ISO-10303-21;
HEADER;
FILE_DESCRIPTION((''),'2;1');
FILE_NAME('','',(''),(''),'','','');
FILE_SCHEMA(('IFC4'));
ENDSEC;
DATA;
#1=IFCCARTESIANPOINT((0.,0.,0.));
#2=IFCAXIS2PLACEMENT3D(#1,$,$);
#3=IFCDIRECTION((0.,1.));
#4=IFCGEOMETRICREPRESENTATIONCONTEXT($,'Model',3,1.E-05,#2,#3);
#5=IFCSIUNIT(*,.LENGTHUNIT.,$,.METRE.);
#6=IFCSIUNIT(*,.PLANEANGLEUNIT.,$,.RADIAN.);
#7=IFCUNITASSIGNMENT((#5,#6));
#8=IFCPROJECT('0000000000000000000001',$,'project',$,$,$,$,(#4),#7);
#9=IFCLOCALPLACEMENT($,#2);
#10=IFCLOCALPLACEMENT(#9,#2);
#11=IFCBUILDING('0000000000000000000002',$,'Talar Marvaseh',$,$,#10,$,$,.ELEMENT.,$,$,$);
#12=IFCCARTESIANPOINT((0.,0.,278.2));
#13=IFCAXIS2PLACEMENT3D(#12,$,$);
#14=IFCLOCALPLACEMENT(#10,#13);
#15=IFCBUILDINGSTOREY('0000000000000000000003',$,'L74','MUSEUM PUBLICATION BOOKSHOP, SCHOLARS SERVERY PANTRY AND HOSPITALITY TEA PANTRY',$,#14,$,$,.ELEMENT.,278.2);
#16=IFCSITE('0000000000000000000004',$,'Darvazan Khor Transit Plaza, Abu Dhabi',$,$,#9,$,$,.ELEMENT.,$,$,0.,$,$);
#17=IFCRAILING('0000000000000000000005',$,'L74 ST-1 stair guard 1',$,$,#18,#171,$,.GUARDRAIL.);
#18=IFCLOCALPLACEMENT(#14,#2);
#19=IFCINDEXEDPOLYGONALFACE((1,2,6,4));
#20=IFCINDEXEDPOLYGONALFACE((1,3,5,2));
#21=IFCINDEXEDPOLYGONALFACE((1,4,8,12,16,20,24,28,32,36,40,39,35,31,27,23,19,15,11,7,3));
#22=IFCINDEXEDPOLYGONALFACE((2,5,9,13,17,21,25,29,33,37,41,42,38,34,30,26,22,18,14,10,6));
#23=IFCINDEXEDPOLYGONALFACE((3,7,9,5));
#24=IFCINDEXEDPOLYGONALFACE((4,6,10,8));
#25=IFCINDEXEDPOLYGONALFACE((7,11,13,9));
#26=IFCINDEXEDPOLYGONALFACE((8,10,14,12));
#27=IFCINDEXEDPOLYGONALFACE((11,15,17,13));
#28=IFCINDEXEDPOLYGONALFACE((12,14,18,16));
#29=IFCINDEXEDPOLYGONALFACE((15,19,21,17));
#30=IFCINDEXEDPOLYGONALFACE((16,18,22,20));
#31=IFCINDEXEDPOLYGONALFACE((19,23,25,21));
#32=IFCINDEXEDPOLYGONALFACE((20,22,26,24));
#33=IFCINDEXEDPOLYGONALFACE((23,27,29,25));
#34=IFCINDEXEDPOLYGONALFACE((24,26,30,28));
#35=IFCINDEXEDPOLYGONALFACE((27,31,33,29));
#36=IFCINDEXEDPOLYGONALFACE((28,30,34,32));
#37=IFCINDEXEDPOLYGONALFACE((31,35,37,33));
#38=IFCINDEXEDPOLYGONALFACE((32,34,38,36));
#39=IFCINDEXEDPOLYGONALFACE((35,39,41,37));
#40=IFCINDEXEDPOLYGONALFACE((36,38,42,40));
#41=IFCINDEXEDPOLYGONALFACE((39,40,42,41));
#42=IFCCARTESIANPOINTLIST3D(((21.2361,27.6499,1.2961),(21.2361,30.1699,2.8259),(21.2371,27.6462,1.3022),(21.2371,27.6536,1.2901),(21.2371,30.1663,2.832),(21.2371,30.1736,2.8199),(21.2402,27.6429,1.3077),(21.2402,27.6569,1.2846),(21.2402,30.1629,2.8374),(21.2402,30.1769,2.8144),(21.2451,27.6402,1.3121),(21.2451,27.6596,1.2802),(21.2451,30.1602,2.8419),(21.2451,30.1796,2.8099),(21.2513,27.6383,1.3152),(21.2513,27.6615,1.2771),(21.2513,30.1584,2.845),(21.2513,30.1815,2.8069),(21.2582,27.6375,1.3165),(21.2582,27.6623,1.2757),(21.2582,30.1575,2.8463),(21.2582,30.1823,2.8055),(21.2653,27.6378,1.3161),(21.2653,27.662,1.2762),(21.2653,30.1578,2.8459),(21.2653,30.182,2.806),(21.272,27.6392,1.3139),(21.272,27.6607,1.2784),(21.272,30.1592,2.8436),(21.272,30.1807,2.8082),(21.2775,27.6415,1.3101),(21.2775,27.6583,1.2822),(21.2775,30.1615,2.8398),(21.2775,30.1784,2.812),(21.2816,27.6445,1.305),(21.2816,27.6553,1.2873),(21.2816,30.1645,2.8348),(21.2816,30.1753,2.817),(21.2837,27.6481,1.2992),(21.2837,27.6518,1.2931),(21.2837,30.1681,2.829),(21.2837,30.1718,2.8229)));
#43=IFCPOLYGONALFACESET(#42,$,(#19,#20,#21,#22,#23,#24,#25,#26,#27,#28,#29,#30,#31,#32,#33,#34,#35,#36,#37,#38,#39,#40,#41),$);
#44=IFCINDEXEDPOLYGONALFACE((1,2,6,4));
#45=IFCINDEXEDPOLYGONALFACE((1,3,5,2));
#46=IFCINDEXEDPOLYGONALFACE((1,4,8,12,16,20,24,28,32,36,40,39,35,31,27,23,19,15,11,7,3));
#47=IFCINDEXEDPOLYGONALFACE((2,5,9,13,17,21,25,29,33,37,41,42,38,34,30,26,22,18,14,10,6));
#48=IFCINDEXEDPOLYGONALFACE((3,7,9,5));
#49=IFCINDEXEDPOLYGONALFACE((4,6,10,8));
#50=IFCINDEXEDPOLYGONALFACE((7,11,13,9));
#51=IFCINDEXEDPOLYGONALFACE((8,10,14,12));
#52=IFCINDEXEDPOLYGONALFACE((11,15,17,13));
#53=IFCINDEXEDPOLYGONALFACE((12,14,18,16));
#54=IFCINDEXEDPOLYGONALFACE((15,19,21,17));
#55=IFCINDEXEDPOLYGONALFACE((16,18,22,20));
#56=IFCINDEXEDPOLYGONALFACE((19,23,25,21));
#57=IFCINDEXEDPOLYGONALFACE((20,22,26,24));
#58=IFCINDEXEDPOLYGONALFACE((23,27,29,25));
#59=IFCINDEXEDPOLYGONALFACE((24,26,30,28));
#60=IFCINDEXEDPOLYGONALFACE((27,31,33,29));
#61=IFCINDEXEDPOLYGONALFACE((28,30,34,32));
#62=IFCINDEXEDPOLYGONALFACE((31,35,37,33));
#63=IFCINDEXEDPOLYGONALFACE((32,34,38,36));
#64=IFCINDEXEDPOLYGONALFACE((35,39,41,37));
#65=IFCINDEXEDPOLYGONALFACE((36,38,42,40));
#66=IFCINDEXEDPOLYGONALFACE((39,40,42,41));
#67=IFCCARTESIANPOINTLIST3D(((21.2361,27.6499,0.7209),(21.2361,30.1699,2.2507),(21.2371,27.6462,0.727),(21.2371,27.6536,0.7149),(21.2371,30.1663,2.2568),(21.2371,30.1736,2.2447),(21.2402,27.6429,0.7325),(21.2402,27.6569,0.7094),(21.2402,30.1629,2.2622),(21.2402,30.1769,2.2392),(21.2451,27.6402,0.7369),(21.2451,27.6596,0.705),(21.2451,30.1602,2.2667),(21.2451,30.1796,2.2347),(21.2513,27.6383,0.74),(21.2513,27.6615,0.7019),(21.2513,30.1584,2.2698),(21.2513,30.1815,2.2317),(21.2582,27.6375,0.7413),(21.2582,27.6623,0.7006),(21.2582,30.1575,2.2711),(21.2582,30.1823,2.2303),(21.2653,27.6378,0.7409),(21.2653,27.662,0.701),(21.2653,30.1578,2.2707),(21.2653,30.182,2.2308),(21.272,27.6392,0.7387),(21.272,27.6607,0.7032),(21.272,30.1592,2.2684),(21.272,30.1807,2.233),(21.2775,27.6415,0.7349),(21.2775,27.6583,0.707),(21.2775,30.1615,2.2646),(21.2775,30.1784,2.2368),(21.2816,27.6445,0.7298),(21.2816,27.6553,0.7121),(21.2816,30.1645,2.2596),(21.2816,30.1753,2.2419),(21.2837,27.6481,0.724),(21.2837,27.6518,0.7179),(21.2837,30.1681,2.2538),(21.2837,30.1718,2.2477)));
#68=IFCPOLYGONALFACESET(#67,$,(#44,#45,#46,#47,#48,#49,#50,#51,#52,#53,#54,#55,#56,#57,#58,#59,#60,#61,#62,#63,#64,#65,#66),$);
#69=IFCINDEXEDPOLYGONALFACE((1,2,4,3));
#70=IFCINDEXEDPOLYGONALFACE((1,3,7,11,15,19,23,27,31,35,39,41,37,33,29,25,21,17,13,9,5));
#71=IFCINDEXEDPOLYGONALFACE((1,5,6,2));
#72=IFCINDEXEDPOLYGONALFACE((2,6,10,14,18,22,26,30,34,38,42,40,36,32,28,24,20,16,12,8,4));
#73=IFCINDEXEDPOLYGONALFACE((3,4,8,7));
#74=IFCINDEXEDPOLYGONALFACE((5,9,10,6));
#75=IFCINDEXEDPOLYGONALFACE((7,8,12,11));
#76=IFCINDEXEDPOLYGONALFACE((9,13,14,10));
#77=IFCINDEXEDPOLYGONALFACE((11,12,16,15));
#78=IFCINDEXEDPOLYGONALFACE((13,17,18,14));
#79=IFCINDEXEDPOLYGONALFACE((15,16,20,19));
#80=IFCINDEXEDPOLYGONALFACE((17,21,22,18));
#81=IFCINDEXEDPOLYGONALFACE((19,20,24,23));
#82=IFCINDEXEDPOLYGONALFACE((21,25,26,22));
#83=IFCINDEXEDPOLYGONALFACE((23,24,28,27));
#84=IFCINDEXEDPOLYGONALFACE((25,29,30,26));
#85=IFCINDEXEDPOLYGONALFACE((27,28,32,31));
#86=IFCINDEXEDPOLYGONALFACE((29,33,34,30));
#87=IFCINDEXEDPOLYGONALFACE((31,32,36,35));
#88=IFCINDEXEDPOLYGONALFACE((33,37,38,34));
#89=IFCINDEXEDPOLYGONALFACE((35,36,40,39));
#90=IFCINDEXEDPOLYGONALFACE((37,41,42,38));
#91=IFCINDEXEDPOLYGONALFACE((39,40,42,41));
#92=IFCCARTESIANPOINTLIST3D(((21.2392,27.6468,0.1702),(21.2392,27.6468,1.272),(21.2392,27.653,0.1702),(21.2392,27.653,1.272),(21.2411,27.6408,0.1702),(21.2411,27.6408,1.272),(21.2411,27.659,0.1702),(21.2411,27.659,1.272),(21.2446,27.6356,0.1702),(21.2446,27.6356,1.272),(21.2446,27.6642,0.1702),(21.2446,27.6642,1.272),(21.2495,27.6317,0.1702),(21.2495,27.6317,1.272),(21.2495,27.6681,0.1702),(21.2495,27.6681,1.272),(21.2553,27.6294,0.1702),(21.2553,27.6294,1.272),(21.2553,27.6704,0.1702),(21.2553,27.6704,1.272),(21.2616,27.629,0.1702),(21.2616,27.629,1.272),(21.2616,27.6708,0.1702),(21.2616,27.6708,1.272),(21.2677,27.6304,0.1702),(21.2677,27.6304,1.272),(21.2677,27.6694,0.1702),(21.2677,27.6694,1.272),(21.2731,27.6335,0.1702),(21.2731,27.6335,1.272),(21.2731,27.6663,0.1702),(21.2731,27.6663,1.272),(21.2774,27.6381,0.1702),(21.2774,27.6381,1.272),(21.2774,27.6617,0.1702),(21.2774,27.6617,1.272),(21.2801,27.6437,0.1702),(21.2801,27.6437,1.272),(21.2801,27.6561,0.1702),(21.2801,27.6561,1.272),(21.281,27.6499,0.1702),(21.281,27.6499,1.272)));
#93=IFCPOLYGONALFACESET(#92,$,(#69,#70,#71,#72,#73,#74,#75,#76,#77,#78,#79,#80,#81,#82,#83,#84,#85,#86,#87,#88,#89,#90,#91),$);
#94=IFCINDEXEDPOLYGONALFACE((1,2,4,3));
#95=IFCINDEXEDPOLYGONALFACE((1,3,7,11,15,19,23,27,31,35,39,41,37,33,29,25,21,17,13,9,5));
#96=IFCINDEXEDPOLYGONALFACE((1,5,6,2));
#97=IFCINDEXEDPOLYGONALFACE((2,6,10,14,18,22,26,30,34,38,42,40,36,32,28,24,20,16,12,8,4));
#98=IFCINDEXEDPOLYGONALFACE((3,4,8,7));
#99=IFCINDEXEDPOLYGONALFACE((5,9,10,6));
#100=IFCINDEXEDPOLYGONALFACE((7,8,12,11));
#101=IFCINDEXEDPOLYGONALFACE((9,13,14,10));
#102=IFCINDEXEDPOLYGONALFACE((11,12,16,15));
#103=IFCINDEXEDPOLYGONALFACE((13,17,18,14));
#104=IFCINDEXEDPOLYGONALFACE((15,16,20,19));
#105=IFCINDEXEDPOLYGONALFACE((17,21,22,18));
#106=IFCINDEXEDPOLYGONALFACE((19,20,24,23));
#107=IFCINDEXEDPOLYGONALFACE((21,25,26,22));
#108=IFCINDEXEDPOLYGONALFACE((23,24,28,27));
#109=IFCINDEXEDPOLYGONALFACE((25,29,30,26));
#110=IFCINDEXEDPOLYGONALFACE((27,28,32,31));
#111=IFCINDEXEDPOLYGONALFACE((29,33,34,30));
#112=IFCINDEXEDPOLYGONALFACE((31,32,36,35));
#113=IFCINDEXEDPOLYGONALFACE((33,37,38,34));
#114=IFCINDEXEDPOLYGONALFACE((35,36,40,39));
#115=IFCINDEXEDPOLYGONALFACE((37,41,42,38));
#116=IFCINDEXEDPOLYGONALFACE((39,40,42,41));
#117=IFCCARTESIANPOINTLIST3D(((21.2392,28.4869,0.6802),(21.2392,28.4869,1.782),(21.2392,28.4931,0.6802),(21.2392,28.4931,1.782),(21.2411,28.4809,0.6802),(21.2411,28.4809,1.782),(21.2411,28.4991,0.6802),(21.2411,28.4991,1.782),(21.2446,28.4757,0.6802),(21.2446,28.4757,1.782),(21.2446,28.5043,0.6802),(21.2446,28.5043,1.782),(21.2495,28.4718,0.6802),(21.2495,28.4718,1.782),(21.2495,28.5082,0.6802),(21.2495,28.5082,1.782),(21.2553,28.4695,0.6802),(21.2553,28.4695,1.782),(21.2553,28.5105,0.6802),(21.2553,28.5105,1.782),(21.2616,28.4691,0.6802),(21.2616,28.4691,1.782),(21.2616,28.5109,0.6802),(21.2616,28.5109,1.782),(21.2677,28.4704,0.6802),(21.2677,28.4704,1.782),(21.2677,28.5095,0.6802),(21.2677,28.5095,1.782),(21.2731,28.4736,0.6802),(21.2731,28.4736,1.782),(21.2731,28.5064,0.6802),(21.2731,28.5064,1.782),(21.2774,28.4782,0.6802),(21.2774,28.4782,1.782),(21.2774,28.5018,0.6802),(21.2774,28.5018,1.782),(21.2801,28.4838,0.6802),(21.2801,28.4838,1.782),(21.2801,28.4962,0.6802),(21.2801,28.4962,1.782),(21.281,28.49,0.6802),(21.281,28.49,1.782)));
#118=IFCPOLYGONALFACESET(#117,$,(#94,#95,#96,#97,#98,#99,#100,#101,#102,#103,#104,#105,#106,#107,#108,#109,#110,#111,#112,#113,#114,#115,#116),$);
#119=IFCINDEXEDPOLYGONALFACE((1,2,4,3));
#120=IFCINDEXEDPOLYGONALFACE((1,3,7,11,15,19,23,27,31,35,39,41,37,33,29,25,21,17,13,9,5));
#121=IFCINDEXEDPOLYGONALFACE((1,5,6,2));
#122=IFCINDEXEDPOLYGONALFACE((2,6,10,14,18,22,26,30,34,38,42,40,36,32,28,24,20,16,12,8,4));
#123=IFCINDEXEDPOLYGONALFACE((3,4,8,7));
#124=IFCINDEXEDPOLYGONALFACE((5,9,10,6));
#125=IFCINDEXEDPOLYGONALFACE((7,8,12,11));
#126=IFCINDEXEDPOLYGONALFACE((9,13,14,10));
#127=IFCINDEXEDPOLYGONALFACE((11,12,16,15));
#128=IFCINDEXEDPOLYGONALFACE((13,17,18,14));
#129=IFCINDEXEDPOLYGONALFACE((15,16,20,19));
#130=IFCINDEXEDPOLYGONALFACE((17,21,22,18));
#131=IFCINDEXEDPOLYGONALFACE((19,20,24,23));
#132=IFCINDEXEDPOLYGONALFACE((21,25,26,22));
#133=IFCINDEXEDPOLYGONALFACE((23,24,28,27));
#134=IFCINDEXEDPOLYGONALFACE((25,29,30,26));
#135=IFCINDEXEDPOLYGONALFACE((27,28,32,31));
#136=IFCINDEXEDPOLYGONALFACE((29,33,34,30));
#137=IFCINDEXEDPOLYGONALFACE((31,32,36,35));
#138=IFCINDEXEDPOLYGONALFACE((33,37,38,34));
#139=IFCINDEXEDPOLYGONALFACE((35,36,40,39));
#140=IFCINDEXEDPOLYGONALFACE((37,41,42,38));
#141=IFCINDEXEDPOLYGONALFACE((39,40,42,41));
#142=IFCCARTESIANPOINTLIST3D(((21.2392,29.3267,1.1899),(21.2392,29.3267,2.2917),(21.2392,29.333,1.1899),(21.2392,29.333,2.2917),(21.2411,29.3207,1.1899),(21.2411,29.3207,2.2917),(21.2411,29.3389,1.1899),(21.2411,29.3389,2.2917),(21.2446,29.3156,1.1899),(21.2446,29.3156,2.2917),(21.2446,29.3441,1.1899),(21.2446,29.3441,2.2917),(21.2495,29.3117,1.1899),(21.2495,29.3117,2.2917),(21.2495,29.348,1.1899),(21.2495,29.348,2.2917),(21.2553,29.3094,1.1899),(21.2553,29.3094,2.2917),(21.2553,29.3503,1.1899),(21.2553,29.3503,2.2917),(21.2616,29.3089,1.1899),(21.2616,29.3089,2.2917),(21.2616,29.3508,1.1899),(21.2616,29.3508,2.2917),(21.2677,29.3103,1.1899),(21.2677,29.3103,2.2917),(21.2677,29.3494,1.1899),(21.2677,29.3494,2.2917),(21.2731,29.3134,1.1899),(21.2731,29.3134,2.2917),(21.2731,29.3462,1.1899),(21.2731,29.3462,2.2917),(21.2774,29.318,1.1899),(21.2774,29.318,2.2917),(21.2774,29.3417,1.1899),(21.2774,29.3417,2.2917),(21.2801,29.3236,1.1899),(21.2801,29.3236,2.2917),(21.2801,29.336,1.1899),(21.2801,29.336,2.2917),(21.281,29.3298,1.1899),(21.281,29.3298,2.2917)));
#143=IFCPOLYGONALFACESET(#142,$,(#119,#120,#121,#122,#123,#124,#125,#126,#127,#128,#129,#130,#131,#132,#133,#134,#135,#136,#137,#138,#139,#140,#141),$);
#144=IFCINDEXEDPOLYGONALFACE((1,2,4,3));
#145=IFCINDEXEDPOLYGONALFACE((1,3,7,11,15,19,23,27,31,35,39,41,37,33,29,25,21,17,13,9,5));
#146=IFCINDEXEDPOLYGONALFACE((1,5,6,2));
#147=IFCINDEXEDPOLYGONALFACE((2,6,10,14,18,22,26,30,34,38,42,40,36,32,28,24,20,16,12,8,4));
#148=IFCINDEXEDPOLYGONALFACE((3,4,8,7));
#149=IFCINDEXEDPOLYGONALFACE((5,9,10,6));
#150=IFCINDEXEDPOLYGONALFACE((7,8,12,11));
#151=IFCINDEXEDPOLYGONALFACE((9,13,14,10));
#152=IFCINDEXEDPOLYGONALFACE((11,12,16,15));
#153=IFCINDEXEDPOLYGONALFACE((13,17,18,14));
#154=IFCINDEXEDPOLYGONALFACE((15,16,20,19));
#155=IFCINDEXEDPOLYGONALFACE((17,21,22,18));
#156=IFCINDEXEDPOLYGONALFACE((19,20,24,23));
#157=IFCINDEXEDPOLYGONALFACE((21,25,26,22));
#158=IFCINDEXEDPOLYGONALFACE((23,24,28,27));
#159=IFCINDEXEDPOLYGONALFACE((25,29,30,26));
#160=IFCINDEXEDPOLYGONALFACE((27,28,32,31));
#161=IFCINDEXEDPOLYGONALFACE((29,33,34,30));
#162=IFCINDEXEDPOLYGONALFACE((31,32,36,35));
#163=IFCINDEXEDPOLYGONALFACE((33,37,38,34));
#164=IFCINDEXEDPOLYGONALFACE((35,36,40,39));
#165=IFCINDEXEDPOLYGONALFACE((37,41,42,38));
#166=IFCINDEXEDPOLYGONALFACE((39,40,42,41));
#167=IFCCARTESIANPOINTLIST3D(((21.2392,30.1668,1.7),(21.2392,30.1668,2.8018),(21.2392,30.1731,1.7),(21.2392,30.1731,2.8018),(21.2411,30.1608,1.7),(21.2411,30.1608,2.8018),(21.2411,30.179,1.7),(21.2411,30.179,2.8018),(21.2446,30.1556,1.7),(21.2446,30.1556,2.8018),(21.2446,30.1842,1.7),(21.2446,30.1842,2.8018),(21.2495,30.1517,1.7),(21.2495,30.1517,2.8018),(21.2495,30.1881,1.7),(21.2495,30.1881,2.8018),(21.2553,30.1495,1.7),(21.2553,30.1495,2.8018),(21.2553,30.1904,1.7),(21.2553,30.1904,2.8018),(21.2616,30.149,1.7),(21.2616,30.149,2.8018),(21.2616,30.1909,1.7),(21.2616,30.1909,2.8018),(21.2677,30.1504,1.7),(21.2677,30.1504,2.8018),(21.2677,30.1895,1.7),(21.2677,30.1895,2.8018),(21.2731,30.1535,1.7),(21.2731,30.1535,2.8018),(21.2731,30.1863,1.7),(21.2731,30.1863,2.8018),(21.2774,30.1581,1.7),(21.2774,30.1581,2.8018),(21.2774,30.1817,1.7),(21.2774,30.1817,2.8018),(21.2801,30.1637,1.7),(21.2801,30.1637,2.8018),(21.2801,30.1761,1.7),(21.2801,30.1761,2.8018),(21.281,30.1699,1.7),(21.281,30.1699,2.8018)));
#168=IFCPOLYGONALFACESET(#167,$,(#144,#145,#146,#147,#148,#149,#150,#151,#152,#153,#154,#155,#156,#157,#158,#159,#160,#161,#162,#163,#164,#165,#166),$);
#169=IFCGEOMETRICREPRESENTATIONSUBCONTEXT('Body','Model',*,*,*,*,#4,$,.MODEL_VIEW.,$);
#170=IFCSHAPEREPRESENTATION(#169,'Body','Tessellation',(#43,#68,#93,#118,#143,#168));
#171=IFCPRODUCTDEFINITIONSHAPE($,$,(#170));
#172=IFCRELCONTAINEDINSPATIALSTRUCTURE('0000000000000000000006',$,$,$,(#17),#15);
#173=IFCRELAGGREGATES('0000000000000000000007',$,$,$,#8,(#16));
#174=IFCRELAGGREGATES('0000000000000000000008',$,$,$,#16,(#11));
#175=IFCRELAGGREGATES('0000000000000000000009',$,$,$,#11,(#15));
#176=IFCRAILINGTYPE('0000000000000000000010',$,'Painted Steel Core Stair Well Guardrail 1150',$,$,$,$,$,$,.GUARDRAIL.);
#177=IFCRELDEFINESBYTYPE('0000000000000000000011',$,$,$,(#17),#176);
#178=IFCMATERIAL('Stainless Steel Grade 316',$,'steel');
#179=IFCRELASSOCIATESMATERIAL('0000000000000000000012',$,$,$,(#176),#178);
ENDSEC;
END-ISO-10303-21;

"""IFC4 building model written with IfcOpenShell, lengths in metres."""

from ifc_helpers import new_model, si_unit, direction, frame, origin, origin_2d, place, context, subcontext, project, spatial, circle, extrude, material, type_object, element, save


model = new_model("IFC4")

# Units and contexts
model_context = context("Model", 3, precision=1e-05, world=origin(), true_north=direction((0.0, 1.0)))
body_context = subcontext(model_context, "Body", "Model", "MODEL_VIEW")
ifc_project = project(units=[si_unit("LENGTHUNIT", "METRE"), si_unit("PLANEANGLEUNIT", "RADIAN")], contexts=[model_context])

# Site, building, storey
site_placement = place(None, origin())
site = spatial("IfcSite", under=ifc_project, at=site_placement, Name="Darvazan Khor Transit Plaza, Abu Dhabi", CompositionType="ELEMENT", RefElevation=0.0)
building_placement = place(site_placement, origin())
building = spatial("IfcBuilding", under=site, at=building_placement, Name="Talar Marvaseh", CompositionType="ELEMENT")
storey_placement = place(building_placement, frame((0.0, 0.0, 278.2)))
storey = spatial("IfcBuildingStorey", under=building, at=storey_placement, Name="L74", Description="MUSEUM PUBLICATION BOOKSHOP, SCHOLARS SERVERY PANTRY AND HOSPITALITY TEA PANTRY", CompositionType="ELEMENT", Elevation=278.2)

# Railing
ifc_material_1 = material(Name="Stainless Steel Grade 316", Category="steel")
railing_type_1 = type_object("IfcRailingType", Name="Painted Steel Core Stair Well Guardrail 1150", PredefinedType="GUARDRAIL", material=ifc_material_1)
railing_1_placement = place(storey_placement, frame((21.26, 27.6499, 0.1702)))
element("IfcRailing", 1, at=railing_1_placement, inside=storey, type_object=railing_type_1, Name="L74 ST-1 stair guard 1", PredefinedType="GUARDRAIL", context=body_context, shape_type="SweptSolid", body=[
    extrude(circle(Radius=0.0239, at=origin_2d()), frame((0.0, 0.0, 1.126), z_axis=(0.0, 0.854822, 0.518922), x_axis=(-1.0, 0.0, 0.0)), (0.0, 0.0, 1.0), 2.948),
    extrude(circle(Radius=0.0239, at=origin_2d()), frame((0.0, 0.0, 0.5508), z_axis=(0.0, 0.854822, 0.518922), x_axis=(-1.0, 0.0, 0.0)), (0.0, 0.0, 1.0), 2.948),
    extrude(circle(Radius=0.021, at=origin_2d()), origin(), (0.0, 0.0, 1.0), 1.1018),
    extrude(circle(Radius=0.021, at=origin_2d()), frame((0.0, 0.8401, 0.51)), (0.0, 0.0, 1.0), 1.1018),
    extrude(circle(Radius=0.021, at=origin_2d()), frame((0.0, 1.6799, 1.0198)), (0.0, 0.0, 1.0), 1.1018),
    extrude(circle(Radius=0.021, at=origin_2d()), frame((0.0, 2.52, 1.5298)), (0.0, 0.0, 1.0), 1.1018),
])

save(model, "model.ifc")
